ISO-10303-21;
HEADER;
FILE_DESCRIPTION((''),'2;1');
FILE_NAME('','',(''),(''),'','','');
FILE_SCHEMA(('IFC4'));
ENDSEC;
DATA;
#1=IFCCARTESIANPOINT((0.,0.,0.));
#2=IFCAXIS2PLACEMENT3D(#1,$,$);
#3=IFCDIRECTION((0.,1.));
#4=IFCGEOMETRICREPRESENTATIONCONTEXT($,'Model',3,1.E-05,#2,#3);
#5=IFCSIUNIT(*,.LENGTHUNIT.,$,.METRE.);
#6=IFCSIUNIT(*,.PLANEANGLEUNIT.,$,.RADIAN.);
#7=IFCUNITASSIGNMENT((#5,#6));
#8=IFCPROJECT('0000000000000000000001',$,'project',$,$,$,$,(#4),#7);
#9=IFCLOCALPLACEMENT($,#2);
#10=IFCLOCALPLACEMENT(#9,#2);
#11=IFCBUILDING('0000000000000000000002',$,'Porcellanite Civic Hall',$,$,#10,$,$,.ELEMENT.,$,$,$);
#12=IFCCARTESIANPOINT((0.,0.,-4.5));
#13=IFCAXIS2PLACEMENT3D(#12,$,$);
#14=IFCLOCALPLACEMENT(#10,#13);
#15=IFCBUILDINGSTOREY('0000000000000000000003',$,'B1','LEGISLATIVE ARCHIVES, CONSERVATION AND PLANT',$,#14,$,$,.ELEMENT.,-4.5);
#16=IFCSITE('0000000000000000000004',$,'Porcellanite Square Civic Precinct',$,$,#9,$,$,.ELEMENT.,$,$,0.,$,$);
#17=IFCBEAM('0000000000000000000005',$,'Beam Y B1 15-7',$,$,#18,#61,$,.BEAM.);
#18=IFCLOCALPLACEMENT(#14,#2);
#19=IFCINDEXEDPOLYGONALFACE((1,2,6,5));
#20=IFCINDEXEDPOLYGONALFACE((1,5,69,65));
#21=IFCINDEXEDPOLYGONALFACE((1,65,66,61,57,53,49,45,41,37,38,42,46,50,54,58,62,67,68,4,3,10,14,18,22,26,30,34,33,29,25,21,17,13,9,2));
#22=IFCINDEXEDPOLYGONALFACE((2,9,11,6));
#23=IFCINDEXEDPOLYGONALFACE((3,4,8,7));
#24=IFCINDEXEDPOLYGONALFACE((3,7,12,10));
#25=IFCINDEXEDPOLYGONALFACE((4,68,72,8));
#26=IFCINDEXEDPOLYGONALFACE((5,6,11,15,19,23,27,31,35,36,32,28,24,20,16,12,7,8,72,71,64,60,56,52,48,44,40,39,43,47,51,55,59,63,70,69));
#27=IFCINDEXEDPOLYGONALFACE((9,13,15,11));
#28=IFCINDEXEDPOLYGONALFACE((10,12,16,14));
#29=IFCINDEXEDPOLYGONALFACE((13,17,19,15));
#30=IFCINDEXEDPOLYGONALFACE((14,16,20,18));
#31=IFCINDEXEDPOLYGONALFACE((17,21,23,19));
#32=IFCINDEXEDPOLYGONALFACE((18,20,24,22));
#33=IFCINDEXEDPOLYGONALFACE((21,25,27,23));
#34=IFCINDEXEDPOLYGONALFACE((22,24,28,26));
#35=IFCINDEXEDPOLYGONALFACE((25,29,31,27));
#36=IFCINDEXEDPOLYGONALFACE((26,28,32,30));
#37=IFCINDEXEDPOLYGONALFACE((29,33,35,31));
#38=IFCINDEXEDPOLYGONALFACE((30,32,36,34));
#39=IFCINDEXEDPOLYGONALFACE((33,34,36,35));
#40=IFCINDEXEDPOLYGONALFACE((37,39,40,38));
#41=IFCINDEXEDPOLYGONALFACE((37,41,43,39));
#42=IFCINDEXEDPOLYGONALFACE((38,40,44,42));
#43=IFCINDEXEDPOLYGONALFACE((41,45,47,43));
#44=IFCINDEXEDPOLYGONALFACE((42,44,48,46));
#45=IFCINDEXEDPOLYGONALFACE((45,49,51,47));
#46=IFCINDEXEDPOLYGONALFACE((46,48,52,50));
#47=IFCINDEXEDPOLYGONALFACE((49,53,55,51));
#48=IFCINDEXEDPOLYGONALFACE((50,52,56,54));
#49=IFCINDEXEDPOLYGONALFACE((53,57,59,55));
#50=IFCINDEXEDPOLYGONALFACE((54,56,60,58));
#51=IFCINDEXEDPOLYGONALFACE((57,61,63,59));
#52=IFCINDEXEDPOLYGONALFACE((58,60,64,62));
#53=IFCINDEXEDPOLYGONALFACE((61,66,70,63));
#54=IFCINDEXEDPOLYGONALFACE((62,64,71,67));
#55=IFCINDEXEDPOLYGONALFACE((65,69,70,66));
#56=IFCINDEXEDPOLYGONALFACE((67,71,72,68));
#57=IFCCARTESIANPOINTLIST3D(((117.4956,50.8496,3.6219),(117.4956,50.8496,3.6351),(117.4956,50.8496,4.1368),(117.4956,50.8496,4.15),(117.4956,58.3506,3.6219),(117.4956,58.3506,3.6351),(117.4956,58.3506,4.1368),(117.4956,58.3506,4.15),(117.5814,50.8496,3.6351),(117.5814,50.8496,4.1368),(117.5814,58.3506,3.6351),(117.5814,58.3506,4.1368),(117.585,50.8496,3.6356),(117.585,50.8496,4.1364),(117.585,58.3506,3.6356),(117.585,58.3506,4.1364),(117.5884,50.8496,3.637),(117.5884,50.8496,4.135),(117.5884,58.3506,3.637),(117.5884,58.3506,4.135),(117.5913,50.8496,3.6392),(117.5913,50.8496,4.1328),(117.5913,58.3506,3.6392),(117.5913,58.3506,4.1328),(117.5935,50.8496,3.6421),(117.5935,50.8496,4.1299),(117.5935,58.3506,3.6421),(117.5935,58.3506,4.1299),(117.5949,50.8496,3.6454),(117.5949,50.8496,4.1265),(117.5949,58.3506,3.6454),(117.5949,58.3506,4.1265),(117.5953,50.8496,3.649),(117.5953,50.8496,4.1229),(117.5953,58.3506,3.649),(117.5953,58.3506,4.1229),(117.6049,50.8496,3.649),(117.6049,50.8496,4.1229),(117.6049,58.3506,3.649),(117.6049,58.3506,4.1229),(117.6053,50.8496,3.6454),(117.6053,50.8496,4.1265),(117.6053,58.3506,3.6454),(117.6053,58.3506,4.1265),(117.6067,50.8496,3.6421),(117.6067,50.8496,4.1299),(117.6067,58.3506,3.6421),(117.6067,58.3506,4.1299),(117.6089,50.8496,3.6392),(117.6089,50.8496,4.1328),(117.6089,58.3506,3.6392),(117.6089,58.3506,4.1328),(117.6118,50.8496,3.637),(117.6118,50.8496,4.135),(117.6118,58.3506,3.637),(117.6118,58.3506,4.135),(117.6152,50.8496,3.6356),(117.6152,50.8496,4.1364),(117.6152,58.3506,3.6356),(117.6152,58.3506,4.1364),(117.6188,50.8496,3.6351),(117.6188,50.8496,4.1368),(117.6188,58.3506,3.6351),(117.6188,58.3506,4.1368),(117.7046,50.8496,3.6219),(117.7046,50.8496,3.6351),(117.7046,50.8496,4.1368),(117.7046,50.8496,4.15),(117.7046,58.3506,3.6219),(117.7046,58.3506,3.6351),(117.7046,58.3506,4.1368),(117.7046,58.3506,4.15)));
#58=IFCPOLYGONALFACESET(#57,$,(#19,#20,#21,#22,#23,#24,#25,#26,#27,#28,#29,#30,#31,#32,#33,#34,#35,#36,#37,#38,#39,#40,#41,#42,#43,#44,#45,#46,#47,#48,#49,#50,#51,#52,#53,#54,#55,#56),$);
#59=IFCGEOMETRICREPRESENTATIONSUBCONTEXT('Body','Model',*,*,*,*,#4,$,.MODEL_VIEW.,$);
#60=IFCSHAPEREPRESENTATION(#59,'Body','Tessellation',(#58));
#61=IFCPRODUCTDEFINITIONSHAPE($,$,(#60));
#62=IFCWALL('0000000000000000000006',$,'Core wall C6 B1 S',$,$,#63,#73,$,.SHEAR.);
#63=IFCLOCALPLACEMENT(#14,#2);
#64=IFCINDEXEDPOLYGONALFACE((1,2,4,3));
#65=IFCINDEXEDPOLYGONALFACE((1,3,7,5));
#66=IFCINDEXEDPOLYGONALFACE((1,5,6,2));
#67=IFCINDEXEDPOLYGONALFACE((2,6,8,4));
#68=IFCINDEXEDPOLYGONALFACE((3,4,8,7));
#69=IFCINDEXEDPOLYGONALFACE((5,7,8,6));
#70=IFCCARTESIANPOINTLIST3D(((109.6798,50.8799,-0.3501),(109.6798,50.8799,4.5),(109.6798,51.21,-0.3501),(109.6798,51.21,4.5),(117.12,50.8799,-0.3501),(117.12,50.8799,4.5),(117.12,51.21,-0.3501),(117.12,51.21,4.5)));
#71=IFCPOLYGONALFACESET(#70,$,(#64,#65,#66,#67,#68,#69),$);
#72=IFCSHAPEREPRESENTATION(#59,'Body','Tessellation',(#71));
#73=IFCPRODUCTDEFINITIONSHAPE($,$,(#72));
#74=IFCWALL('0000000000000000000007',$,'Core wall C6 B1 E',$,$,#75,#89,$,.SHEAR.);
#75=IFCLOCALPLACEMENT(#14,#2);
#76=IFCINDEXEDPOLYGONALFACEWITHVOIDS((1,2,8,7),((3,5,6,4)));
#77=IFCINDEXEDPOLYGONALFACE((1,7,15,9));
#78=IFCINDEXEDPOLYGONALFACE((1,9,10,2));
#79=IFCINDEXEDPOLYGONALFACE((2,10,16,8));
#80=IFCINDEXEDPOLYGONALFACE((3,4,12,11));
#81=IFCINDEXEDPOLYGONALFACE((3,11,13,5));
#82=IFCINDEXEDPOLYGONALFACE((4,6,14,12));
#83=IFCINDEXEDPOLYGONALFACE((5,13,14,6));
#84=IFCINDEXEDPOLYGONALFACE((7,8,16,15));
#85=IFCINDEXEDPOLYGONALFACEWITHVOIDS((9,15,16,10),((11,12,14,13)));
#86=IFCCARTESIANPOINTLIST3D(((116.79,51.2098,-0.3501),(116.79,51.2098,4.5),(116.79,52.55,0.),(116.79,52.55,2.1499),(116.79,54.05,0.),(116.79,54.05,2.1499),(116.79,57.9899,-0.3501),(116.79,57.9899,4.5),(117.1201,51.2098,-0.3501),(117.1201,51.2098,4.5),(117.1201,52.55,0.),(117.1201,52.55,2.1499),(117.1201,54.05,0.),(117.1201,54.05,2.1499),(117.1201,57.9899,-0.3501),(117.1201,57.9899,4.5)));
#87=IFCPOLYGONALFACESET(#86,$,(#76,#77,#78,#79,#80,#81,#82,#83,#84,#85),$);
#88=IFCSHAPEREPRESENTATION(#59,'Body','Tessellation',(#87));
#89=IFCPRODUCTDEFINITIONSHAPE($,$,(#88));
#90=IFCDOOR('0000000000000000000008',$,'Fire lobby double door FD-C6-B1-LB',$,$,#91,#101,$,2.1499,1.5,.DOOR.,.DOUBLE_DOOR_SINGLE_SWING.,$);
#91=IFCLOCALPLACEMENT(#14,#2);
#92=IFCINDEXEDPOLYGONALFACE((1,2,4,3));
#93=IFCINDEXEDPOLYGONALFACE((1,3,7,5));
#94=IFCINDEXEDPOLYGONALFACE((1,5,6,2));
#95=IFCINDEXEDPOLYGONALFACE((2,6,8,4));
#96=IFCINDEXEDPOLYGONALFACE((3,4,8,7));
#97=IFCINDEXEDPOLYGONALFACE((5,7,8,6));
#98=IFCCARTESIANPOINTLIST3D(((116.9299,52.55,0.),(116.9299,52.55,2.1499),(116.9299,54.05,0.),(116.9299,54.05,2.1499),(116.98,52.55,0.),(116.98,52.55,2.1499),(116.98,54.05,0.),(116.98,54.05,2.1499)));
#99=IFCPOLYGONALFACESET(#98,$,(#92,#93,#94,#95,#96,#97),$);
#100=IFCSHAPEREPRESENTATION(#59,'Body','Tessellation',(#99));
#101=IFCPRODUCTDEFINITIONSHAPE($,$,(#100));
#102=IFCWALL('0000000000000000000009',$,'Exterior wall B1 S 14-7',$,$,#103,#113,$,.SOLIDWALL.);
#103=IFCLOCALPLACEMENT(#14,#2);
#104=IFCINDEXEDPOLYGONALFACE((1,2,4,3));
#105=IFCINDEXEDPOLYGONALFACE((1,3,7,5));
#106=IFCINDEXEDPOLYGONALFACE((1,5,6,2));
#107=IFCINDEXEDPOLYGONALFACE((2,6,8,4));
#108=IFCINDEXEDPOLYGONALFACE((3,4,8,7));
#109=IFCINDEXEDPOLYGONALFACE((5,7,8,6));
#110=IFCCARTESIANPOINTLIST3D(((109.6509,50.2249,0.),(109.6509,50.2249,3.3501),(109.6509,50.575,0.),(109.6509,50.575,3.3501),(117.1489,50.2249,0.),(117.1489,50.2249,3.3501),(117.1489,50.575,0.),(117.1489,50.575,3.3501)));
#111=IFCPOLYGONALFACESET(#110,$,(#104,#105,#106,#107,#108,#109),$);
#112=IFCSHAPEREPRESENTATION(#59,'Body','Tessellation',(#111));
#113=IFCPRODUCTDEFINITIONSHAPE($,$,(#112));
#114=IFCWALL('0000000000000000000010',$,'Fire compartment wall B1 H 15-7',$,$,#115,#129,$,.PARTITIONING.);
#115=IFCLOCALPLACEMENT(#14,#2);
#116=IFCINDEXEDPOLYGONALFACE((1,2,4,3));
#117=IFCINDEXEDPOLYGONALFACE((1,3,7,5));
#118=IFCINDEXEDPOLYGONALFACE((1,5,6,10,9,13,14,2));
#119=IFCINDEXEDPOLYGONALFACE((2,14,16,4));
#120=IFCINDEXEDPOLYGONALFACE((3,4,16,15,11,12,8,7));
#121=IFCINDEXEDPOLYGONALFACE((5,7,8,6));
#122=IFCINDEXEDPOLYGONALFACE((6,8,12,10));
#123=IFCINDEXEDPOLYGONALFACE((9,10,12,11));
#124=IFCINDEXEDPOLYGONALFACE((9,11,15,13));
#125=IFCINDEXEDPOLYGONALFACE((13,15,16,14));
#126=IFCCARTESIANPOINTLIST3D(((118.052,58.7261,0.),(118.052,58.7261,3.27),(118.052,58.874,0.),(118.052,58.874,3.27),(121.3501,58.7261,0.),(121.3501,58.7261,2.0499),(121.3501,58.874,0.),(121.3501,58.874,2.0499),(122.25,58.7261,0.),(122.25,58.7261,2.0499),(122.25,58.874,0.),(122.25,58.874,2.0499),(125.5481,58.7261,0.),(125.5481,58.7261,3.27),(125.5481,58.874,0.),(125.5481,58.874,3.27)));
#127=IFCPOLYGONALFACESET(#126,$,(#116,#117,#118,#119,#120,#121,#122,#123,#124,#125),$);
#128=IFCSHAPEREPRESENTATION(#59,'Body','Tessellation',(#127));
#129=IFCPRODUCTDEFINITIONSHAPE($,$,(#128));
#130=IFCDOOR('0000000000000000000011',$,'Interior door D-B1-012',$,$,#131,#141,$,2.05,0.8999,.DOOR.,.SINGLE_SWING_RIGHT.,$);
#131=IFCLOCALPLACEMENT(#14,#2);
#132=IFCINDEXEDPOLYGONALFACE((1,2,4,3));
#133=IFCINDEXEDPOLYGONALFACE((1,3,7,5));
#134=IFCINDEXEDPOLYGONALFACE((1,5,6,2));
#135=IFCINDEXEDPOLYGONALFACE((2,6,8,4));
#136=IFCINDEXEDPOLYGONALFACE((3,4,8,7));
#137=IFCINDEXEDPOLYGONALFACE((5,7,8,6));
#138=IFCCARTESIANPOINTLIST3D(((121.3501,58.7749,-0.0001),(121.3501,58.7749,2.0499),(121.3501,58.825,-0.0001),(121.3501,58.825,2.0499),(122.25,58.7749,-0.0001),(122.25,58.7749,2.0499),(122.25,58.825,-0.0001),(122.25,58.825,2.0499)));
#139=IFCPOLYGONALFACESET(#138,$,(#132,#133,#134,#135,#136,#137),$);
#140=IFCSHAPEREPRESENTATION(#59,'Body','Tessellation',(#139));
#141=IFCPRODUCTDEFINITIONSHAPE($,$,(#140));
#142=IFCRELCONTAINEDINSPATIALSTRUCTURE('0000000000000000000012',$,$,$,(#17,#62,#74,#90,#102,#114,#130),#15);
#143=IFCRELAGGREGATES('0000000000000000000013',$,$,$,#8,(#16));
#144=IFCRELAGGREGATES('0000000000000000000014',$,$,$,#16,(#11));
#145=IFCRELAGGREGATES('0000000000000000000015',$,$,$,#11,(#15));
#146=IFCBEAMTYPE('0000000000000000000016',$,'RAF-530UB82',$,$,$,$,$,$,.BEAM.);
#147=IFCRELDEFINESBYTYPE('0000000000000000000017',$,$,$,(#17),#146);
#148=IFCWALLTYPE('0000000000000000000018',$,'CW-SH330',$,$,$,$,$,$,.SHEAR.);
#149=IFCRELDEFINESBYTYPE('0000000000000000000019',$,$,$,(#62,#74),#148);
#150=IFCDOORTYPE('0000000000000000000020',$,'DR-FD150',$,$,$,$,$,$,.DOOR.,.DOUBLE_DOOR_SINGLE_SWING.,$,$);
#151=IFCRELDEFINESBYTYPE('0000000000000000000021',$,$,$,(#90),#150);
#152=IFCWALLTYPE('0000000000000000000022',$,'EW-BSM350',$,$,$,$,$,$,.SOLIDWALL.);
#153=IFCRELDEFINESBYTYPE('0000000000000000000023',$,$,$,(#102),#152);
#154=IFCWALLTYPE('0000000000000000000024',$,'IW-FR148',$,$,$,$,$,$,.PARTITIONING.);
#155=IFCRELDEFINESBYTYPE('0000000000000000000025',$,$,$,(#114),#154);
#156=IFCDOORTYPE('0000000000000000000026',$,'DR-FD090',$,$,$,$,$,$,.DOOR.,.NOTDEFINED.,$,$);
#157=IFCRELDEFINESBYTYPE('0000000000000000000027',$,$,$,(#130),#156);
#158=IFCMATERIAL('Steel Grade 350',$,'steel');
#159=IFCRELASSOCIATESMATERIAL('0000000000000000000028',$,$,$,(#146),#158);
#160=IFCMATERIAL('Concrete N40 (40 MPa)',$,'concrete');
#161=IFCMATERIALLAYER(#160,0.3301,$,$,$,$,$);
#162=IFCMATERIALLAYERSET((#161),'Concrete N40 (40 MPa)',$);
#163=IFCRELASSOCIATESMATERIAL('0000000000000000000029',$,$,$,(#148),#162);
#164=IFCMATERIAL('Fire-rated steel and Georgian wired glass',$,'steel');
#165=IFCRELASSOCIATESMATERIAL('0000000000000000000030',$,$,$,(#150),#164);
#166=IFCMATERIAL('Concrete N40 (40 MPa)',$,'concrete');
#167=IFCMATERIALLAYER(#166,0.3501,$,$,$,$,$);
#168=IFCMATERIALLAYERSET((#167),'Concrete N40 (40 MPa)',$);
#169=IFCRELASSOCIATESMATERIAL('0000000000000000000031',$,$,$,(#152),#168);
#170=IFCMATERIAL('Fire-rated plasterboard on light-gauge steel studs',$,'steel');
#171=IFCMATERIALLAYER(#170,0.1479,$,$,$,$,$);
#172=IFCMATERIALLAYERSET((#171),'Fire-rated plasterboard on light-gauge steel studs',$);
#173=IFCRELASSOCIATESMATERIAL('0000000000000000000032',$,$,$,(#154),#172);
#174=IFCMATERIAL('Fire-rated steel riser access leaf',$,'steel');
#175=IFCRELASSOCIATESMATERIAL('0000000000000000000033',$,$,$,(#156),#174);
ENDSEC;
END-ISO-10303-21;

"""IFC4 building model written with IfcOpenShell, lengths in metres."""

from ifc_helpers import new_model, si_unit, direction, frame, frame_2d, origin, origin_2d, place, context, subcontext, project, spatial, rectangle, i_section, extrude, material, layer, layer_set, material_profile, profile_set, type_object, element, fill, save


model = new_model("IFC4")

# Units and contexts
model_context = context("Model", 3, precision=1e-05, world=origin(), true_north=direction((0.0, 1.0)))
body_context = subcontext(model_context, "Body", "Model", "MODEL_VIEW")
ifc_project = project(units=[si_unit("LENGTHUNIT", "METRE"), si_unit("PLANEANGLEUNIT", "RADIAN")], contexts=[model_context])

# Site, building, storey
site_placement = place(None, origin())
site = spatial("IfcSite", under=ifc_project, at=site_placement, Name="Porcellanite Square Civic Precinct", CompositionType="ELEMENT", RefElevation=0.0)
building_placement = place(site_placement, origin())
building = spatial("IfcBuilding", under=site, at=building_placement, Name="Porcellanite Civic Hall", CompositionType="ELEMENT")
storey_placement = place(building_placement, frame((0.0, 0.0, -4.5)))
storey = spatial("IfcBuildingStorey", under=building, at=storey_placement, Name="B1", Description="LEGISLATIVE ARCHIVES, CONSERVATION AND PLANT", CompositionType="ELEMENT", Elevation=-4.5)

# Beam
ifc_material_1 = material(Name="Steel Grade 350", Category="steel")
ifc_material_profile_1 = material_profile(ifc_material_1, i_section(OverallWidth=0.209, OverallDepth=0.5281, WebThickness=0.0095, FlangeThickness=0.0132, FilletRadius=0.0139, at=origin_2d()), Name="530UB82.0")
ifc_profile_set_1 = profile_set([ifc_material_profile_1], Name="Steel Grade 350")
beam_type_1 = type_object("IfcBeamType", Name="RAF-530UB82", PredefinedType="BEAM", material=ifc_profile_set_1)
beam_1_placement = place(storey_placement, frame((117.6001, 50.8496, 3.886), z_axis=(0.0, 1.0, 0.0), x_axis=(-1.0, 0.0, 0.0)))
element("IfcBeam", 1, at=beam_1_placement, inside=storey, type_object=beam_type_1, Name="Beam Y B1 15-7", PredefinedType="BEAM", context=body_context, shape_type="SweptSolid", body=[
    extrude(i_section(OverallWidth=0.209, OverallDepth=0.5281, WebThickness=0.0095, FlangeThickness=0.0132, FilletRadius=0.0139, at=origin_2d()), origin(), (0.0, 0.0, 1.0), 7.501),
])

# Wall
ifc_material_2 = material(Name="Concrete N40 (40 MPa)", Category="concrete")
ifc_layer_1 = layer(ifc_material_2, 0.3301)
ifc_layer_set_1 = layer_set([ifc_layer_1], Name="Concrete N40 (40 MPa)")
wall_type_1 = type_object("IfcWallType", Name="CW-SH330", PredefinedType="SHEAR", material=ifc_layer_set_1)
wall_1_placement = place(storey_placement, frame((117.1201, 51.0449, -0.3501), z_axis=(0.0, 0.0, 1.0), x_axis=(-1.0, 0.0, 0.0)))
element("IfcWall", 2, at=wall_1_placement, inside=storey, type_object=wall_type_1, Name="Core wall C6 B1 S", PredefinedType="SHEAR", context=body_context, shape_type="SweptSolid", body=[
    extrude(rectangle(XDim=7.4402, YDim=0.3301, at=frame_2d((3.7202, 0.0))), origin(), (0.0, 0.0, 1.0), 4.8501),
])

# Wall, opening, door
wall_2_placement = place(storey_placement, frame((116.9551, 57.99, -0.3501), z_axis=(0.0, 0.0, 1.0), x_axis=(0.0, -1.0, 0.0)))
wall_2 = element("IfcWall", 3, at=wall_2_placement, inside=storey, type_object=wall_type_1, Name="Core wall C6 B1 E", PredefinedType="SHEAR", context=body_context, shape_type="SweptSolid", body=[
    extrude(rectangle(XDim=6.78, YDim=0.3301, at=frame_2d((3.3901, 0.0))), origin(), (0.0, 0.0, 1.0), 4.8501),
])
opening_1_placement = place(wall_2_placement, frame((3.9399, 0.0, 0.3501)))
opening_1 = element("IfcOpeningElement", 4, at=opening_1_placement, cuts=wall_2, PredefinedType="OPENING", context=body_context, shape_type="SweptSolid", body=[
    extrude(rectangle(XDim=1.5, YDim=2.1499, at=frame_2d((0.75, 1.075))), frame((0.0, 0.165, 0.0), z_axis=(0.0, -1.0, 0.0), x_axis=(1.0, 0.0, 0.0)), (0.0, 0.0, 1.0), 0.3301),
])
ifc_material_3 = material(Name="Fire-rated steel and Georgian wired glass", Category="steel")
door_type_1 = type_object("IfcDoorType", Name="DR-FD150", OperationType="DOUBLE_DOOR_SINGLE_SWING", PredefinedType="DOOR", material=ifc_material_3)
door_1_placement = place(opening_1_placement, origin())
door_1 = element("IfcDoor", 5, at=door_1_placement, inside=storey, type_object=door_type_1, Name="Fire lobby double door FD-C6-B1-LB", OperationType="DOUBLE_DOOR_SINGLE_SWING", OverallHeight=2.1499, OverallWidth=1.5, PredefinedType="DOOR", context=body_context, shape_type="SweptSolid", body=[
    extrude(rectangle(XDim=1.5, YDim=2.1499, at=frame_2d((0.75, 1.075))), frame((0.0, 0.0249, 0.0), z_axis=(0.0, -1.0, 0.0), x_axis=(1.0, 0.0, 0.0)), (0.0, 0.0, 1.0), 0.05),
])
fill(opening_1, door_1)

# Wall
ifc_material_4 = material(Name="Concrete N40 (40 MPa)", Category="concrete")
ifc_layer_2 = layer(ifc_material_4, 0.3501)
ifc_layer_set_2 = layer_set([ifc_layer_2], Name="Concrete N40 (40 MPa)")
wall_type_2 = type_object("IfcWallType", Name="EW-BSM350", PredefinedType="SOLIDWALL", material=ifc_layer_set_2)
wall_3_placement = place(storey_placement, frame((117.1489, 50.3999, 0.0), z_axis=(0.0, 0.0, 1.0), x_axis=(-1.0, 0.0, 0.0)))
element("IfcWall", 6, at=wall_3_placement, inside=storey, type_object=wall_type_2, Name="Exterior wall B1 S 14-7", PredefinedType="SOLIDWALL", context=body_context, shape_type="SweptSolid", body=[
    extrude(rectangle(XDim=7.498, YDim=0.3501, at=frame_2d((3.749, 0.0))), origin(), (0.0, 0.0, 1.0), 3.3501),
])

# Wall, opening, door
ifc_material_5 = material(Name="Fire-rated plasterboard on light-gauge steel studs", Category="steel")
ifc_layer_3 = layer(ifc_material_5, 0.1479)
ifc_layer_set_3 = layer_set([ifc_layer_3], Name="Fire-rated plasterboard on light-gauge steel studs")
wall_type_3 = type_object("IfcWallType", Name="IW-FR148", PredefinedType="PARTITIONING", material=ifc_layer_set_3)
wall_4_placement = place(storey_placement, frame((118.052, 58.8, 0.0), z_axis=(0.0, 0.0, 1.0), x_axis=(1.0, 0.0, 0.0)))
wall_4 = element("IfcWall", 7, at=wall_4_placement, inside=storey, type_object=wall_type_3, Name="Fire compartment wall B1 H 15-7", PredefinedType="PARTITIONING", context=body_context, shape_type="SweptSolid", body=[
    extrude(rectangle(XDim=7.4961, YDim=0.1479, at=frame_2d((3.748, 0.0))), origin(), (0.0, 0.0, 1.0), 3.27),
])
opening_2_placement = place(wall_4_placement, frame((3.2981, 0.0, 0.0)))
opening_2 = element("IfcOpeningElement", 8, at=opening_2_placement, cuts=wall_4, PredefinedType="OPENING", context=body_context, shape_type="SweptSolid", body=[
    extrude(rectangle(XDim=0.8999, YDim=2.05, at=frame_2d((0.45, 1.0249))), frame((0.0, 0.074, 0.0), z_axis=(0.0, -1.0, 0.0), x_axis=(1.0, 0.0, 0.0)), (0.0, 0.0, 1.0), 0.1479),
])
ifc_material_6 = material(Name="Fire-rated steel riser access leaf", Category="steel")
door_type_2 = type_object("IfcDoorType", Name="DR-FD090", OperationType="NOTDEFINED", PredefinedType="DOOR", material=ifc_material_6)
door_2_placement = place(opening_2_placement, origin())
door_2 = element("IfcDoor", 9, at=door_2_placement, inside=storey, type_object=door_type_2, Name="Interior door D-B1-012", OperationType="SINGLE_SWING_RIGHT", OverallHeight=2.05, OverallWidth=0.8999, PredefinedType="DOOR", context=body_context, shape_type="SweptSolid", body=[
    extrude(rectangle(XDim=0.8999, YDim=2.05, at=frame_2d((0.45, 1.0249))), frame((0.0, 0.0249, 0.0), z_axis=(0.0, -1.0, 0.0), x_axis=(1.0, 0.0, 0.0)), (0.0, 0.0, 1.0), 0.05),
])
fill(opening_2, door_2)

save(model, "model.ifc")
